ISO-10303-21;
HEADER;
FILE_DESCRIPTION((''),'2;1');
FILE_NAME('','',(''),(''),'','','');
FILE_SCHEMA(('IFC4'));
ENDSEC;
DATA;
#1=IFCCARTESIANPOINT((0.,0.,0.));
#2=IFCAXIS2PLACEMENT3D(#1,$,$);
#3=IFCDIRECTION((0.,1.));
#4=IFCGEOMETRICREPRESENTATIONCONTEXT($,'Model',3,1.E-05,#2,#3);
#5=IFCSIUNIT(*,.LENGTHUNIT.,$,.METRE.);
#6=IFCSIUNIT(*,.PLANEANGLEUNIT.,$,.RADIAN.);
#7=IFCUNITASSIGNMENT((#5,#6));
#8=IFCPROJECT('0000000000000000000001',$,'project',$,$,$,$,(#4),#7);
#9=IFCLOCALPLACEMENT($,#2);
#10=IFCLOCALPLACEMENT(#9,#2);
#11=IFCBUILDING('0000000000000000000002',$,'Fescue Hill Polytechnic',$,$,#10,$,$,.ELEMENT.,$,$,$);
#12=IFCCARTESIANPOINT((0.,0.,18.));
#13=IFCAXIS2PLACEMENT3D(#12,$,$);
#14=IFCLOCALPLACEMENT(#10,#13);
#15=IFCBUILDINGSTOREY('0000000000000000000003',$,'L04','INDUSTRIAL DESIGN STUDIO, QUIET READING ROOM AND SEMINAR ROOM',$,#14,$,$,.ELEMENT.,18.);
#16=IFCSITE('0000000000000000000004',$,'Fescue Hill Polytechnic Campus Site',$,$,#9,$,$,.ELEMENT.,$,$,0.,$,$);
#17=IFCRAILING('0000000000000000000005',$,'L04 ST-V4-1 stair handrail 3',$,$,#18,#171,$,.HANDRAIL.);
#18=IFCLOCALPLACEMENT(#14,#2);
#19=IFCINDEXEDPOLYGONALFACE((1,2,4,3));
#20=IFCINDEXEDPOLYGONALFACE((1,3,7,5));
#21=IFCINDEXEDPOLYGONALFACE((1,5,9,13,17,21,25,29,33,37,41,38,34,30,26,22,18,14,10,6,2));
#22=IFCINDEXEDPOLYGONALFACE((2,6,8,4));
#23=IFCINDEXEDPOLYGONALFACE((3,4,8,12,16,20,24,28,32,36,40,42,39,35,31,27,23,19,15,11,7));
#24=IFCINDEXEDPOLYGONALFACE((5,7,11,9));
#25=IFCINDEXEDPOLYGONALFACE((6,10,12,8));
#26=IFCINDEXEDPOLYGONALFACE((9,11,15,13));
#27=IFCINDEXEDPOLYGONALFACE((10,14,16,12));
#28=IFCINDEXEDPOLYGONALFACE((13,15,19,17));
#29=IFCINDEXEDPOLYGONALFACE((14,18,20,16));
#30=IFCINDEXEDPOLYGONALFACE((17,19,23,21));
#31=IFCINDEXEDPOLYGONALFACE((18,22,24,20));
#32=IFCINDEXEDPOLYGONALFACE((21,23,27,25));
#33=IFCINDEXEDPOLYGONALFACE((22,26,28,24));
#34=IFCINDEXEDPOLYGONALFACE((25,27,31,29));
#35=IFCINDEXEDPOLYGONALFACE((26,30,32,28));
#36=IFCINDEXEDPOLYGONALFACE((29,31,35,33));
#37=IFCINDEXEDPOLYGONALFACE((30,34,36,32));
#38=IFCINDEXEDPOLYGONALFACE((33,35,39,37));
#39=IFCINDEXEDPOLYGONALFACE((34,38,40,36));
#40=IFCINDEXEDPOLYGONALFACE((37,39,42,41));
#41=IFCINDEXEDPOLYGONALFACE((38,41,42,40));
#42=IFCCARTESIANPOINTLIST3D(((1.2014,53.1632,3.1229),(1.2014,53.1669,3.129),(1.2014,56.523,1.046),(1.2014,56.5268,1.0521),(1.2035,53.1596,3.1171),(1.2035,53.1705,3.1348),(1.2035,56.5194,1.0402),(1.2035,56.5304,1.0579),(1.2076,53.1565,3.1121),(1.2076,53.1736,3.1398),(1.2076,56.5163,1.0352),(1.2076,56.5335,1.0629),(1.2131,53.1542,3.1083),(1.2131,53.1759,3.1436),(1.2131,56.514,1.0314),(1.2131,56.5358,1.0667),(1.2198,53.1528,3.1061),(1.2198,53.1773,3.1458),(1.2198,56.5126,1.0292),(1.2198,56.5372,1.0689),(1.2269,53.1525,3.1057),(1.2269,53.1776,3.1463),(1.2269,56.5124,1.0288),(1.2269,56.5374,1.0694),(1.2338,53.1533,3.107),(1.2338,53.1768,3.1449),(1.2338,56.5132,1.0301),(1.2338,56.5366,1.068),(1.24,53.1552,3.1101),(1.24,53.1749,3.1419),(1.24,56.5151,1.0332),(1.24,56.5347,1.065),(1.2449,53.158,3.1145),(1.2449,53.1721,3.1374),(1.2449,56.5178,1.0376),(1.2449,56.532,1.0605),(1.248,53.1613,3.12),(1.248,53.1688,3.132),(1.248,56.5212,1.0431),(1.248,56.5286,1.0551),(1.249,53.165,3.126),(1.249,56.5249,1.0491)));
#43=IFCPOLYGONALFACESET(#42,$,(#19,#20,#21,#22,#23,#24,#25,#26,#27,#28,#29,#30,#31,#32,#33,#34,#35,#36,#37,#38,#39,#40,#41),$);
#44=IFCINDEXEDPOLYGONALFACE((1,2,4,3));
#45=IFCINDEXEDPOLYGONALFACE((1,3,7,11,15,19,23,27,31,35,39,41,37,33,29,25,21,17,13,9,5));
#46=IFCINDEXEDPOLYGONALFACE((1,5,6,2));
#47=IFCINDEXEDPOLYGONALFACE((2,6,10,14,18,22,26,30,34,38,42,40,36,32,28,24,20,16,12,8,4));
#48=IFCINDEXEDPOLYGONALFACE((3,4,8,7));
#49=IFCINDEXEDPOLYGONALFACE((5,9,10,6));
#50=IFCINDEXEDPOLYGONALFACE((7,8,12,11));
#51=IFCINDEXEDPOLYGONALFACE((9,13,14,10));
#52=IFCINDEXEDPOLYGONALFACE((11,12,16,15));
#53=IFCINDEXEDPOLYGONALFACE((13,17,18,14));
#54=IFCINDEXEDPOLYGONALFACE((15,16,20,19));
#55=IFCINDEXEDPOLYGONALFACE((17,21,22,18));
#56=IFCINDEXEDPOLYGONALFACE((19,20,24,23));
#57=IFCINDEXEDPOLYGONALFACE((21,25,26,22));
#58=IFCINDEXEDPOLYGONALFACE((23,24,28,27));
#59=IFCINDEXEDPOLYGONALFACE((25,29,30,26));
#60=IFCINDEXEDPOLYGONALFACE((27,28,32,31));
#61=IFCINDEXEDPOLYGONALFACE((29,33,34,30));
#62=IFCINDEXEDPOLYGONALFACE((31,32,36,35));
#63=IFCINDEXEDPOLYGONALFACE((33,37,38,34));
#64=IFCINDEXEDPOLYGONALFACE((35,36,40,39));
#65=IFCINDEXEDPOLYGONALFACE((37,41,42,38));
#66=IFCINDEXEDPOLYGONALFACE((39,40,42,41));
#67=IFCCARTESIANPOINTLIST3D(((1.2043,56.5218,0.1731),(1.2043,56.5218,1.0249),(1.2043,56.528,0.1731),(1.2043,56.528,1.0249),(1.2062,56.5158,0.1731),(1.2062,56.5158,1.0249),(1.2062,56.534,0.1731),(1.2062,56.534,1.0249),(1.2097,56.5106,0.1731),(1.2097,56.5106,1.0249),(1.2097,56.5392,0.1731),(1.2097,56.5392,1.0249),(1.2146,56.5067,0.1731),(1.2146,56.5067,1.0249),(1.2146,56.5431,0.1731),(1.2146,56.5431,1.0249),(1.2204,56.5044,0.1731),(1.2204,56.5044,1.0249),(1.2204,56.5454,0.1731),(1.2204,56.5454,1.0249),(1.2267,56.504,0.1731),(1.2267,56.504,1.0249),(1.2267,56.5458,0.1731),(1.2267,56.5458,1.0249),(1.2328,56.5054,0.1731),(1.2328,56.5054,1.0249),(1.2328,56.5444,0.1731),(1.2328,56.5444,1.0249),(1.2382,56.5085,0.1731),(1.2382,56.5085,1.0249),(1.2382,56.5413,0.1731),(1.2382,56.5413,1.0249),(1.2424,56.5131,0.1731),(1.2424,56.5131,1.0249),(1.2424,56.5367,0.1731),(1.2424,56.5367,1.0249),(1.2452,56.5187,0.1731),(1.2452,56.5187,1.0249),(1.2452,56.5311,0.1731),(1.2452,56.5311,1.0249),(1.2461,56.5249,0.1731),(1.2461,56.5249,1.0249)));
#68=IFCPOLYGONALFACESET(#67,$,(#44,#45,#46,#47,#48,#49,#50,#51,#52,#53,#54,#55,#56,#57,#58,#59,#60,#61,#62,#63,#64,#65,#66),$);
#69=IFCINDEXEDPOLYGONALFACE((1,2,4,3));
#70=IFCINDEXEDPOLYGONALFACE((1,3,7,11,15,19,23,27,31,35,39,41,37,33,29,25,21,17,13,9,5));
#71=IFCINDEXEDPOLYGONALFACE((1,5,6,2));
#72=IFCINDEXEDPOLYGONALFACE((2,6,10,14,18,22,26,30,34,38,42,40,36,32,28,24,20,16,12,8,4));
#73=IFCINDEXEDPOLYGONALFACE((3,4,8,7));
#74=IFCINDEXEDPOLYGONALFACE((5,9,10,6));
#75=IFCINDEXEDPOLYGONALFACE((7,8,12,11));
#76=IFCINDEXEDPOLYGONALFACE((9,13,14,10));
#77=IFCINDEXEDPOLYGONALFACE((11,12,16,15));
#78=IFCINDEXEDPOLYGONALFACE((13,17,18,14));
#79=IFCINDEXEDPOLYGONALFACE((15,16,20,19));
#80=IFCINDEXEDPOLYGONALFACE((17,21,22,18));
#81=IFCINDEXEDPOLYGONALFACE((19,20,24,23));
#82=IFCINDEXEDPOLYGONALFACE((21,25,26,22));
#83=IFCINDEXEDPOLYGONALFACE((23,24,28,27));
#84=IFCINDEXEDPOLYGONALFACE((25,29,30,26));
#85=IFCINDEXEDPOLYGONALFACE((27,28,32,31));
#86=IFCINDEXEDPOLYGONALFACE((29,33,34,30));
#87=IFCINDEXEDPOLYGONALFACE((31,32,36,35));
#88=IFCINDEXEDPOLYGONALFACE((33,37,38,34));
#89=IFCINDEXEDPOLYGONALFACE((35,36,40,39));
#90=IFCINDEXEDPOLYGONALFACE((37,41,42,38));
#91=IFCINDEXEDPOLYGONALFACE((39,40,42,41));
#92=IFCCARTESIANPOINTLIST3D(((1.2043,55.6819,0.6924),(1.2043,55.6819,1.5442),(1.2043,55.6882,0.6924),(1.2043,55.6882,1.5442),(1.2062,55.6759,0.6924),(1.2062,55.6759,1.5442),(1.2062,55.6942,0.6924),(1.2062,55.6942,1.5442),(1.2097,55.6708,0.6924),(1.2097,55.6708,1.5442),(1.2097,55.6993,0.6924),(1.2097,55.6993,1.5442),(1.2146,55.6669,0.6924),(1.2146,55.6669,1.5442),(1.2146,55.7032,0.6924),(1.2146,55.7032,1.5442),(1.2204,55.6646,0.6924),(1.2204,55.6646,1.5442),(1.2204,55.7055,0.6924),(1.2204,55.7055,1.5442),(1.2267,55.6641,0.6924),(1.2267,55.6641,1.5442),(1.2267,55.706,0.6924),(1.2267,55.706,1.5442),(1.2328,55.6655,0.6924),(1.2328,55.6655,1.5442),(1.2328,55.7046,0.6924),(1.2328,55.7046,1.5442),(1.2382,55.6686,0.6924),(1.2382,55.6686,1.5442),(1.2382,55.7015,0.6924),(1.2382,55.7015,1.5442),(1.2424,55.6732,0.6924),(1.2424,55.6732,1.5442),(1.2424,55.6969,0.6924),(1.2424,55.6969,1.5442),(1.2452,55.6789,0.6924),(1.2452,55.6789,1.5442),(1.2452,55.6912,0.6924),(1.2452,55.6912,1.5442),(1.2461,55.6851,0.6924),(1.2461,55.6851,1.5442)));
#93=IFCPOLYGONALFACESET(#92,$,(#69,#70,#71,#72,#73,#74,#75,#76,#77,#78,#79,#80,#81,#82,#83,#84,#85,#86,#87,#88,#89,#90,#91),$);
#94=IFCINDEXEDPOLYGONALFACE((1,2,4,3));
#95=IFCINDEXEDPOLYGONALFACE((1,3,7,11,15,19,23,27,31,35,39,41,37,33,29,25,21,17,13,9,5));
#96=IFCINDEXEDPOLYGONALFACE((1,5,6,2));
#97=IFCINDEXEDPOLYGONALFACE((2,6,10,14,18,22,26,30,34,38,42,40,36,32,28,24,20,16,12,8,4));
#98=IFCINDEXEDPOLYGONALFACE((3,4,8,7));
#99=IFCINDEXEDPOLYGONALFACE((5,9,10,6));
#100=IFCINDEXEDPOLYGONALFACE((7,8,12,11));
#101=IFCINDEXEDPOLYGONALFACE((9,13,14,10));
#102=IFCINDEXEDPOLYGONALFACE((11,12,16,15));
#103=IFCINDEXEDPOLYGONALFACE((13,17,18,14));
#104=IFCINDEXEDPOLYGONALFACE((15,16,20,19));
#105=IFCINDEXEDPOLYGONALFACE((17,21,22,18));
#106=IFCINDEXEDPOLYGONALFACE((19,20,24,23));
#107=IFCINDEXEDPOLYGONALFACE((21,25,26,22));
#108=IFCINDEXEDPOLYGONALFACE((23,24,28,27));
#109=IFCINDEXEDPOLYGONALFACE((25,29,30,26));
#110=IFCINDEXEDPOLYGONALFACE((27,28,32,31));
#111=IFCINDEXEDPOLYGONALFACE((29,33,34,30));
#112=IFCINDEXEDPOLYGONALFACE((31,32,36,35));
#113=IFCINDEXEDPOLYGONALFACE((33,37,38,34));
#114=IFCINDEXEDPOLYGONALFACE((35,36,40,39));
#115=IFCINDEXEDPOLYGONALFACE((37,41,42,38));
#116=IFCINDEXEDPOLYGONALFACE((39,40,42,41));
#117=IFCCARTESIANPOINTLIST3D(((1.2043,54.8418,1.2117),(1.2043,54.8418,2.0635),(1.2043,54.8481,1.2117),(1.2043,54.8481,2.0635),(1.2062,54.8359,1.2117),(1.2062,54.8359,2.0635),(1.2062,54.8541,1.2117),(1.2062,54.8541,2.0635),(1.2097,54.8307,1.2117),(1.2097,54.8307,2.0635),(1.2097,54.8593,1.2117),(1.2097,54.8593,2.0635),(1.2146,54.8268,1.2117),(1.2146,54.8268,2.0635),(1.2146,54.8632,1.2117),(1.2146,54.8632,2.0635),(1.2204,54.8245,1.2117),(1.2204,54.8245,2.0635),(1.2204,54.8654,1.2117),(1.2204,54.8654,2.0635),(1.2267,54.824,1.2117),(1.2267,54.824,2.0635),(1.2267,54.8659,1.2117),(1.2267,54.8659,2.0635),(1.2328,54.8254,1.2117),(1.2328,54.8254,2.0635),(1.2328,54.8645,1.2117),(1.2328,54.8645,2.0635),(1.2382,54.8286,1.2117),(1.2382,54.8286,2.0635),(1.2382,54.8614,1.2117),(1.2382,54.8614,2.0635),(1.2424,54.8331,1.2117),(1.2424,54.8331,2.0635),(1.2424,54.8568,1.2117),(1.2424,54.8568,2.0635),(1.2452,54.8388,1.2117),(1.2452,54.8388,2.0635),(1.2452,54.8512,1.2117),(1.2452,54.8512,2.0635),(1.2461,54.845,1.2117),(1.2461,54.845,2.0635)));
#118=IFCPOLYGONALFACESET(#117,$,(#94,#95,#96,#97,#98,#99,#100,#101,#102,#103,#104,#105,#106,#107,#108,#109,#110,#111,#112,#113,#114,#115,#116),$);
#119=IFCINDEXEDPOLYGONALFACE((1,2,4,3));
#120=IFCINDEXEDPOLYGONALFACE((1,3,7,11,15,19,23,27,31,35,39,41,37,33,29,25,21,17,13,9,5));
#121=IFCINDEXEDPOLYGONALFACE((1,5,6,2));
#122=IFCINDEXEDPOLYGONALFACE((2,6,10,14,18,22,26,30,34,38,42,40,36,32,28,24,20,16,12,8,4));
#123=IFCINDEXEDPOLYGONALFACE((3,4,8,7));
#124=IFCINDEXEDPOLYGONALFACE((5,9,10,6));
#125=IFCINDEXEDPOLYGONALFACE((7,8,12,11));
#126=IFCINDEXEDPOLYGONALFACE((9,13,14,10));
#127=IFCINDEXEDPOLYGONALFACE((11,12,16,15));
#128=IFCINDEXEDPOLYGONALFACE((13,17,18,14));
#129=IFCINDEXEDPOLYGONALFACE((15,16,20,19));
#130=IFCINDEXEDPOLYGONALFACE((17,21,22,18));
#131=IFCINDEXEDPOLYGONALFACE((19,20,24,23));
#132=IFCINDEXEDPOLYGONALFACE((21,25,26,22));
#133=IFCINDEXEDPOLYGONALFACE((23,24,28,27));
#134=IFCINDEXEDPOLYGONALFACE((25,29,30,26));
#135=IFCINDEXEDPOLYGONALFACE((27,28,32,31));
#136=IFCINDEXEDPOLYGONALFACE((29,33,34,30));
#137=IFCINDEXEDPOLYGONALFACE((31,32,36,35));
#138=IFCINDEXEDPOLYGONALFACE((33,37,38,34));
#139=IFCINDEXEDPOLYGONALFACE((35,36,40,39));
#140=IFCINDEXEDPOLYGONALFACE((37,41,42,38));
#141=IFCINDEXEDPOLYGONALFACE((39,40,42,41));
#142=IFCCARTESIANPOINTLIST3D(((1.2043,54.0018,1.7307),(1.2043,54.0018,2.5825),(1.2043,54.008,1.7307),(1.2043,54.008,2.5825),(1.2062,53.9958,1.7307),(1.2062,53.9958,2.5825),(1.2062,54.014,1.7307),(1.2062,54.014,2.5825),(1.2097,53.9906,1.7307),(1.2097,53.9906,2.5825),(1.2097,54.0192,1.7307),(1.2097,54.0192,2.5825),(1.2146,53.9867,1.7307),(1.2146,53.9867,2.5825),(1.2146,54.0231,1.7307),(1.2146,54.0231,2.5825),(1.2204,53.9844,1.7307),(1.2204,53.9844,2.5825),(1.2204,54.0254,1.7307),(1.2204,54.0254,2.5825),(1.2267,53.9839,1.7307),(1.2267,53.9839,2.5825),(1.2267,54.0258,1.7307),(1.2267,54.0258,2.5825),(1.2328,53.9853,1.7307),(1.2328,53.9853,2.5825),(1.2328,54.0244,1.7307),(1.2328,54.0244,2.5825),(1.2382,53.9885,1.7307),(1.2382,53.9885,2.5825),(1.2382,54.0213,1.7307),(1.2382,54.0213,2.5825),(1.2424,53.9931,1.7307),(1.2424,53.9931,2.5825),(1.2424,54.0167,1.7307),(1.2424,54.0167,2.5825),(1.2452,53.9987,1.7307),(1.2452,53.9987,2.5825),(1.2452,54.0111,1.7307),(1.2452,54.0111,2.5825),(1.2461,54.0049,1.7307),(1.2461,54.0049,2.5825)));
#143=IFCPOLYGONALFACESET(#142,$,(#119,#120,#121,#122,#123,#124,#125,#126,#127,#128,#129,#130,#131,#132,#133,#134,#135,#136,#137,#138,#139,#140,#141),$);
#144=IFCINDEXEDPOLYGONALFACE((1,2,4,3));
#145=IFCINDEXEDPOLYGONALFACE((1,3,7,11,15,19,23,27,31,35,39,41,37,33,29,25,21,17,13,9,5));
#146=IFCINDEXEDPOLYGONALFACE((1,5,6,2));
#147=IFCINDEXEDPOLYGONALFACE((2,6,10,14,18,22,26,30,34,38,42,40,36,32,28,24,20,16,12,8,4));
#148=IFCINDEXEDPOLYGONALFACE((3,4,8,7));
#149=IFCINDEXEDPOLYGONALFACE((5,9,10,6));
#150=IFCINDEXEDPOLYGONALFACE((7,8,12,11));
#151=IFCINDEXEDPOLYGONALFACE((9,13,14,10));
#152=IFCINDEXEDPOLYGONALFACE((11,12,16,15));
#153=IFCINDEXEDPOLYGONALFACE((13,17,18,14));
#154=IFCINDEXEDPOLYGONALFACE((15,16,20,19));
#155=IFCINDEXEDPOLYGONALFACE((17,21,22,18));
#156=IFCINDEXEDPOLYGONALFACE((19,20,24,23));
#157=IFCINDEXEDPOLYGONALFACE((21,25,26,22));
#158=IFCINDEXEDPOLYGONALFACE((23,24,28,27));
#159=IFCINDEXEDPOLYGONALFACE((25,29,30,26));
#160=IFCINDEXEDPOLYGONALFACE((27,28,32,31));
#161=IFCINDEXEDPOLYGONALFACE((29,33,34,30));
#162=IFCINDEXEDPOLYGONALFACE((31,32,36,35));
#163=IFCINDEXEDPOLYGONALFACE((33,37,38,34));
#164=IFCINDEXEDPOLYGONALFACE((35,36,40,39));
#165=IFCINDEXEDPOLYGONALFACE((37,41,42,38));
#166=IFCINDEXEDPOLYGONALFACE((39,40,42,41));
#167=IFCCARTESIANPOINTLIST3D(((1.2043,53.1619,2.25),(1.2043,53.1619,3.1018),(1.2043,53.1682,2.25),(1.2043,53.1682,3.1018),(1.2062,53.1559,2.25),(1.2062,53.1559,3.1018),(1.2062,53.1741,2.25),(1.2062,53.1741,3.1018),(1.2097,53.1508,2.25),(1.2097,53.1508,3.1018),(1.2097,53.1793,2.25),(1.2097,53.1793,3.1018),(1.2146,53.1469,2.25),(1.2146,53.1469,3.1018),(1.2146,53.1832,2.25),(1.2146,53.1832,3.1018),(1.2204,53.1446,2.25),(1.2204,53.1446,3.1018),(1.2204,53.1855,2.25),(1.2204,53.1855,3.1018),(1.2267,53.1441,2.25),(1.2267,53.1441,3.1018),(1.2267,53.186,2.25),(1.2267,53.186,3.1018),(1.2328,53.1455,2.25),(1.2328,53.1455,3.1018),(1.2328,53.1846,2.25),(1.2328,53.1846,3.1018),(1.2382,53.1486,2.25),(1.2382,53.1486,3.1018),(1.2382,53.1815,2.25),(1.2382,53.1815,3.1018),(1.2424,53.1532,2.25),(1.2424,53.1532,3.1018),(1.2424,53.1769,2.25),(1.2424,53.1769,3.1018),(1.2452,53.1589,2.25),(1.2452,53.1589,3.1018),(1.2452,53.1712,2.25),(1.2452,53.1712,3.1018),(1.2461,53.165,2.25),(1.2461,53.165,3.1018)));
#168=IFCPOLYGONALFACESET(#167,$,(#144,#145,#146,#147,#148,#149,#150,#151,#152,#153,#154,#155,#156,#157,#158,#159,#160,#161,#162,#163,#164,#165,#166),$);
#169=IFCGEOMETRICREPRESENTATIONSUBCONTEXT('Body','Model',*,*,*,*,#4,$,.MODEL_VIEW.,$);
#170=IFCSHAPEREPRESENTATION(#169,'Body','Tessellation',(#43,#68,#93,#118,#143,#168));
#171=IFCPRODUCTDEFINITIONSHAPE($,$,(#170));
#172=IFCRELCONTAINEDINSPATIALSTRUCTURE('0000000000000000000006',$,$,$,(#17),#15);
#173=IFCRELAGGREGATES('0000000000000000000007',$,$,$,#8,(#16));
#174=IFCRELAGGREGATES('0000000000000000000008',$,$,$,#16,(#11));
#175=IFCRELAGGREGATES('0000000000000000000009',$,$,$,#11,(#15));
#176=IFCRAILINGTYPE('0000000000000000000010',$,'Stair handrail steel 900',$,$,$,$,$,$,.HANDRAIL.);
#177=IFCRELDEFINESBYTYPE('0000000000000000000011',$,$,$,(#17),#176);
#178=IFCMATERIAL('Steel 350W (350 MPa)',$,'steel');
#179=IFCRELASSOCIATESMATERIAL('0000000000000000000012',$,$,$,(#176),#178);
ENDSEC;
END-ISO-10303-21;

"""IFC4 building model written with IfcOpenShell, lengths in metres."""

from ifc_helpers import new_model, si_unit, direction, frame, origin, origin_2d, place, context, subcontext, project, spatial, circle, extrude, material, type_object, element, save


model = new_model("IFC4")

# Units and contexts
model_context = context("Model", 3, precision=1e-05, world=origin(), true_north=direction((0.0, 1.0)))
body_context = subcontext(model_context, "Body", "Model", "MODEL_VIEW")
ifc_project = project(units=[si_unit("LENGTHUNIT", "METRE"), si_unit("PLANEANGLEUNIT", "RADIAN")], contexts=[model_context])

# Site, building, storey
site_placement = place(None, origin())
site = spatial("IfcSite", under=ifc_project, at=site_placement, Name="Fescue Hill Polytechnic Campus Site", CompositionType="ELEMENT", RefElevation=0.0)
building_placement = place(site_placement, origin())
building = spatial("IfcBuilding", under=site, at=building_placement, Name="Fescue Hill Polytechnic", CompositionType="ELEMENT")
storey_placement = place(building_placement, frame((0.0, 0.0, 18.0)))
storey = spatial("IfcBuildingStorey", under=building, at=storey_placement, Name="L04", Description="INDUSTRIAL DESIGN STUDIO, QUIET READING ROOM AND SEMINAR ROOM", CompositionType="ELEMENT", Elevation=18.0)

# Railing
ifc_material_1 = material(Name="Steel 350W (350 MPa)", Category="steel")
railing_type_1 = type_object("IfcRailingType", Name="Stair handrail steel 900", PredefinedType="HANDRAIL", material=ifc_material_1)
railing_1_placement = place(storey_placement, frame((1.2251, 56.5249, 0.1731)))
element("IfcRailing", 1, at=railing_1_placement, inside=storey, type_object=railing_type_1, Name="L04 ST-V4-1 stair handrail 3", PredefinedType="HANDRAIL", context=body_context, shape_type="SweptSolid", body=[
    extrude(circle(Radius=0.0239, at=origin_2d()), frame((0.0, 0.0, 0.876), z_axis=(0.0, -0.850606, 0.525803), x_axis=(1.0, 0.0, 0.0)), (0.0, 0.0, 1.0), 3.95),
    extrude(circle(Radius=0.021, at=origin_2d()), origin(), (0.0, 0.0, 1.0), 0.8518),
    extrude(circle(Radius=0.021, at=origin_2d()), frame((0.0, -0.8398, 0.5193)), (0.0, 0.0, 1.0), 0.8518),
    extrude(circle(Radius=0.021, at=origin_2d()), frame((0.0, -1.6799, 1.0386)), (0.0, 0.0, 1.0), 0.8518),
    extrude(circle(Radius=0.021, at=origin_2d()), frame((0.0, -2.52, 1.5576)), (0.0, 0.0, 1.0), 0.8518),
    extrude(circle(Radius=0.021, at=origin_2d()), frame((0.0, -3.3599, 2.0769)), (0.0, 0.0, 1.0), 0.8518),
])

save(model, "model.ifc")
